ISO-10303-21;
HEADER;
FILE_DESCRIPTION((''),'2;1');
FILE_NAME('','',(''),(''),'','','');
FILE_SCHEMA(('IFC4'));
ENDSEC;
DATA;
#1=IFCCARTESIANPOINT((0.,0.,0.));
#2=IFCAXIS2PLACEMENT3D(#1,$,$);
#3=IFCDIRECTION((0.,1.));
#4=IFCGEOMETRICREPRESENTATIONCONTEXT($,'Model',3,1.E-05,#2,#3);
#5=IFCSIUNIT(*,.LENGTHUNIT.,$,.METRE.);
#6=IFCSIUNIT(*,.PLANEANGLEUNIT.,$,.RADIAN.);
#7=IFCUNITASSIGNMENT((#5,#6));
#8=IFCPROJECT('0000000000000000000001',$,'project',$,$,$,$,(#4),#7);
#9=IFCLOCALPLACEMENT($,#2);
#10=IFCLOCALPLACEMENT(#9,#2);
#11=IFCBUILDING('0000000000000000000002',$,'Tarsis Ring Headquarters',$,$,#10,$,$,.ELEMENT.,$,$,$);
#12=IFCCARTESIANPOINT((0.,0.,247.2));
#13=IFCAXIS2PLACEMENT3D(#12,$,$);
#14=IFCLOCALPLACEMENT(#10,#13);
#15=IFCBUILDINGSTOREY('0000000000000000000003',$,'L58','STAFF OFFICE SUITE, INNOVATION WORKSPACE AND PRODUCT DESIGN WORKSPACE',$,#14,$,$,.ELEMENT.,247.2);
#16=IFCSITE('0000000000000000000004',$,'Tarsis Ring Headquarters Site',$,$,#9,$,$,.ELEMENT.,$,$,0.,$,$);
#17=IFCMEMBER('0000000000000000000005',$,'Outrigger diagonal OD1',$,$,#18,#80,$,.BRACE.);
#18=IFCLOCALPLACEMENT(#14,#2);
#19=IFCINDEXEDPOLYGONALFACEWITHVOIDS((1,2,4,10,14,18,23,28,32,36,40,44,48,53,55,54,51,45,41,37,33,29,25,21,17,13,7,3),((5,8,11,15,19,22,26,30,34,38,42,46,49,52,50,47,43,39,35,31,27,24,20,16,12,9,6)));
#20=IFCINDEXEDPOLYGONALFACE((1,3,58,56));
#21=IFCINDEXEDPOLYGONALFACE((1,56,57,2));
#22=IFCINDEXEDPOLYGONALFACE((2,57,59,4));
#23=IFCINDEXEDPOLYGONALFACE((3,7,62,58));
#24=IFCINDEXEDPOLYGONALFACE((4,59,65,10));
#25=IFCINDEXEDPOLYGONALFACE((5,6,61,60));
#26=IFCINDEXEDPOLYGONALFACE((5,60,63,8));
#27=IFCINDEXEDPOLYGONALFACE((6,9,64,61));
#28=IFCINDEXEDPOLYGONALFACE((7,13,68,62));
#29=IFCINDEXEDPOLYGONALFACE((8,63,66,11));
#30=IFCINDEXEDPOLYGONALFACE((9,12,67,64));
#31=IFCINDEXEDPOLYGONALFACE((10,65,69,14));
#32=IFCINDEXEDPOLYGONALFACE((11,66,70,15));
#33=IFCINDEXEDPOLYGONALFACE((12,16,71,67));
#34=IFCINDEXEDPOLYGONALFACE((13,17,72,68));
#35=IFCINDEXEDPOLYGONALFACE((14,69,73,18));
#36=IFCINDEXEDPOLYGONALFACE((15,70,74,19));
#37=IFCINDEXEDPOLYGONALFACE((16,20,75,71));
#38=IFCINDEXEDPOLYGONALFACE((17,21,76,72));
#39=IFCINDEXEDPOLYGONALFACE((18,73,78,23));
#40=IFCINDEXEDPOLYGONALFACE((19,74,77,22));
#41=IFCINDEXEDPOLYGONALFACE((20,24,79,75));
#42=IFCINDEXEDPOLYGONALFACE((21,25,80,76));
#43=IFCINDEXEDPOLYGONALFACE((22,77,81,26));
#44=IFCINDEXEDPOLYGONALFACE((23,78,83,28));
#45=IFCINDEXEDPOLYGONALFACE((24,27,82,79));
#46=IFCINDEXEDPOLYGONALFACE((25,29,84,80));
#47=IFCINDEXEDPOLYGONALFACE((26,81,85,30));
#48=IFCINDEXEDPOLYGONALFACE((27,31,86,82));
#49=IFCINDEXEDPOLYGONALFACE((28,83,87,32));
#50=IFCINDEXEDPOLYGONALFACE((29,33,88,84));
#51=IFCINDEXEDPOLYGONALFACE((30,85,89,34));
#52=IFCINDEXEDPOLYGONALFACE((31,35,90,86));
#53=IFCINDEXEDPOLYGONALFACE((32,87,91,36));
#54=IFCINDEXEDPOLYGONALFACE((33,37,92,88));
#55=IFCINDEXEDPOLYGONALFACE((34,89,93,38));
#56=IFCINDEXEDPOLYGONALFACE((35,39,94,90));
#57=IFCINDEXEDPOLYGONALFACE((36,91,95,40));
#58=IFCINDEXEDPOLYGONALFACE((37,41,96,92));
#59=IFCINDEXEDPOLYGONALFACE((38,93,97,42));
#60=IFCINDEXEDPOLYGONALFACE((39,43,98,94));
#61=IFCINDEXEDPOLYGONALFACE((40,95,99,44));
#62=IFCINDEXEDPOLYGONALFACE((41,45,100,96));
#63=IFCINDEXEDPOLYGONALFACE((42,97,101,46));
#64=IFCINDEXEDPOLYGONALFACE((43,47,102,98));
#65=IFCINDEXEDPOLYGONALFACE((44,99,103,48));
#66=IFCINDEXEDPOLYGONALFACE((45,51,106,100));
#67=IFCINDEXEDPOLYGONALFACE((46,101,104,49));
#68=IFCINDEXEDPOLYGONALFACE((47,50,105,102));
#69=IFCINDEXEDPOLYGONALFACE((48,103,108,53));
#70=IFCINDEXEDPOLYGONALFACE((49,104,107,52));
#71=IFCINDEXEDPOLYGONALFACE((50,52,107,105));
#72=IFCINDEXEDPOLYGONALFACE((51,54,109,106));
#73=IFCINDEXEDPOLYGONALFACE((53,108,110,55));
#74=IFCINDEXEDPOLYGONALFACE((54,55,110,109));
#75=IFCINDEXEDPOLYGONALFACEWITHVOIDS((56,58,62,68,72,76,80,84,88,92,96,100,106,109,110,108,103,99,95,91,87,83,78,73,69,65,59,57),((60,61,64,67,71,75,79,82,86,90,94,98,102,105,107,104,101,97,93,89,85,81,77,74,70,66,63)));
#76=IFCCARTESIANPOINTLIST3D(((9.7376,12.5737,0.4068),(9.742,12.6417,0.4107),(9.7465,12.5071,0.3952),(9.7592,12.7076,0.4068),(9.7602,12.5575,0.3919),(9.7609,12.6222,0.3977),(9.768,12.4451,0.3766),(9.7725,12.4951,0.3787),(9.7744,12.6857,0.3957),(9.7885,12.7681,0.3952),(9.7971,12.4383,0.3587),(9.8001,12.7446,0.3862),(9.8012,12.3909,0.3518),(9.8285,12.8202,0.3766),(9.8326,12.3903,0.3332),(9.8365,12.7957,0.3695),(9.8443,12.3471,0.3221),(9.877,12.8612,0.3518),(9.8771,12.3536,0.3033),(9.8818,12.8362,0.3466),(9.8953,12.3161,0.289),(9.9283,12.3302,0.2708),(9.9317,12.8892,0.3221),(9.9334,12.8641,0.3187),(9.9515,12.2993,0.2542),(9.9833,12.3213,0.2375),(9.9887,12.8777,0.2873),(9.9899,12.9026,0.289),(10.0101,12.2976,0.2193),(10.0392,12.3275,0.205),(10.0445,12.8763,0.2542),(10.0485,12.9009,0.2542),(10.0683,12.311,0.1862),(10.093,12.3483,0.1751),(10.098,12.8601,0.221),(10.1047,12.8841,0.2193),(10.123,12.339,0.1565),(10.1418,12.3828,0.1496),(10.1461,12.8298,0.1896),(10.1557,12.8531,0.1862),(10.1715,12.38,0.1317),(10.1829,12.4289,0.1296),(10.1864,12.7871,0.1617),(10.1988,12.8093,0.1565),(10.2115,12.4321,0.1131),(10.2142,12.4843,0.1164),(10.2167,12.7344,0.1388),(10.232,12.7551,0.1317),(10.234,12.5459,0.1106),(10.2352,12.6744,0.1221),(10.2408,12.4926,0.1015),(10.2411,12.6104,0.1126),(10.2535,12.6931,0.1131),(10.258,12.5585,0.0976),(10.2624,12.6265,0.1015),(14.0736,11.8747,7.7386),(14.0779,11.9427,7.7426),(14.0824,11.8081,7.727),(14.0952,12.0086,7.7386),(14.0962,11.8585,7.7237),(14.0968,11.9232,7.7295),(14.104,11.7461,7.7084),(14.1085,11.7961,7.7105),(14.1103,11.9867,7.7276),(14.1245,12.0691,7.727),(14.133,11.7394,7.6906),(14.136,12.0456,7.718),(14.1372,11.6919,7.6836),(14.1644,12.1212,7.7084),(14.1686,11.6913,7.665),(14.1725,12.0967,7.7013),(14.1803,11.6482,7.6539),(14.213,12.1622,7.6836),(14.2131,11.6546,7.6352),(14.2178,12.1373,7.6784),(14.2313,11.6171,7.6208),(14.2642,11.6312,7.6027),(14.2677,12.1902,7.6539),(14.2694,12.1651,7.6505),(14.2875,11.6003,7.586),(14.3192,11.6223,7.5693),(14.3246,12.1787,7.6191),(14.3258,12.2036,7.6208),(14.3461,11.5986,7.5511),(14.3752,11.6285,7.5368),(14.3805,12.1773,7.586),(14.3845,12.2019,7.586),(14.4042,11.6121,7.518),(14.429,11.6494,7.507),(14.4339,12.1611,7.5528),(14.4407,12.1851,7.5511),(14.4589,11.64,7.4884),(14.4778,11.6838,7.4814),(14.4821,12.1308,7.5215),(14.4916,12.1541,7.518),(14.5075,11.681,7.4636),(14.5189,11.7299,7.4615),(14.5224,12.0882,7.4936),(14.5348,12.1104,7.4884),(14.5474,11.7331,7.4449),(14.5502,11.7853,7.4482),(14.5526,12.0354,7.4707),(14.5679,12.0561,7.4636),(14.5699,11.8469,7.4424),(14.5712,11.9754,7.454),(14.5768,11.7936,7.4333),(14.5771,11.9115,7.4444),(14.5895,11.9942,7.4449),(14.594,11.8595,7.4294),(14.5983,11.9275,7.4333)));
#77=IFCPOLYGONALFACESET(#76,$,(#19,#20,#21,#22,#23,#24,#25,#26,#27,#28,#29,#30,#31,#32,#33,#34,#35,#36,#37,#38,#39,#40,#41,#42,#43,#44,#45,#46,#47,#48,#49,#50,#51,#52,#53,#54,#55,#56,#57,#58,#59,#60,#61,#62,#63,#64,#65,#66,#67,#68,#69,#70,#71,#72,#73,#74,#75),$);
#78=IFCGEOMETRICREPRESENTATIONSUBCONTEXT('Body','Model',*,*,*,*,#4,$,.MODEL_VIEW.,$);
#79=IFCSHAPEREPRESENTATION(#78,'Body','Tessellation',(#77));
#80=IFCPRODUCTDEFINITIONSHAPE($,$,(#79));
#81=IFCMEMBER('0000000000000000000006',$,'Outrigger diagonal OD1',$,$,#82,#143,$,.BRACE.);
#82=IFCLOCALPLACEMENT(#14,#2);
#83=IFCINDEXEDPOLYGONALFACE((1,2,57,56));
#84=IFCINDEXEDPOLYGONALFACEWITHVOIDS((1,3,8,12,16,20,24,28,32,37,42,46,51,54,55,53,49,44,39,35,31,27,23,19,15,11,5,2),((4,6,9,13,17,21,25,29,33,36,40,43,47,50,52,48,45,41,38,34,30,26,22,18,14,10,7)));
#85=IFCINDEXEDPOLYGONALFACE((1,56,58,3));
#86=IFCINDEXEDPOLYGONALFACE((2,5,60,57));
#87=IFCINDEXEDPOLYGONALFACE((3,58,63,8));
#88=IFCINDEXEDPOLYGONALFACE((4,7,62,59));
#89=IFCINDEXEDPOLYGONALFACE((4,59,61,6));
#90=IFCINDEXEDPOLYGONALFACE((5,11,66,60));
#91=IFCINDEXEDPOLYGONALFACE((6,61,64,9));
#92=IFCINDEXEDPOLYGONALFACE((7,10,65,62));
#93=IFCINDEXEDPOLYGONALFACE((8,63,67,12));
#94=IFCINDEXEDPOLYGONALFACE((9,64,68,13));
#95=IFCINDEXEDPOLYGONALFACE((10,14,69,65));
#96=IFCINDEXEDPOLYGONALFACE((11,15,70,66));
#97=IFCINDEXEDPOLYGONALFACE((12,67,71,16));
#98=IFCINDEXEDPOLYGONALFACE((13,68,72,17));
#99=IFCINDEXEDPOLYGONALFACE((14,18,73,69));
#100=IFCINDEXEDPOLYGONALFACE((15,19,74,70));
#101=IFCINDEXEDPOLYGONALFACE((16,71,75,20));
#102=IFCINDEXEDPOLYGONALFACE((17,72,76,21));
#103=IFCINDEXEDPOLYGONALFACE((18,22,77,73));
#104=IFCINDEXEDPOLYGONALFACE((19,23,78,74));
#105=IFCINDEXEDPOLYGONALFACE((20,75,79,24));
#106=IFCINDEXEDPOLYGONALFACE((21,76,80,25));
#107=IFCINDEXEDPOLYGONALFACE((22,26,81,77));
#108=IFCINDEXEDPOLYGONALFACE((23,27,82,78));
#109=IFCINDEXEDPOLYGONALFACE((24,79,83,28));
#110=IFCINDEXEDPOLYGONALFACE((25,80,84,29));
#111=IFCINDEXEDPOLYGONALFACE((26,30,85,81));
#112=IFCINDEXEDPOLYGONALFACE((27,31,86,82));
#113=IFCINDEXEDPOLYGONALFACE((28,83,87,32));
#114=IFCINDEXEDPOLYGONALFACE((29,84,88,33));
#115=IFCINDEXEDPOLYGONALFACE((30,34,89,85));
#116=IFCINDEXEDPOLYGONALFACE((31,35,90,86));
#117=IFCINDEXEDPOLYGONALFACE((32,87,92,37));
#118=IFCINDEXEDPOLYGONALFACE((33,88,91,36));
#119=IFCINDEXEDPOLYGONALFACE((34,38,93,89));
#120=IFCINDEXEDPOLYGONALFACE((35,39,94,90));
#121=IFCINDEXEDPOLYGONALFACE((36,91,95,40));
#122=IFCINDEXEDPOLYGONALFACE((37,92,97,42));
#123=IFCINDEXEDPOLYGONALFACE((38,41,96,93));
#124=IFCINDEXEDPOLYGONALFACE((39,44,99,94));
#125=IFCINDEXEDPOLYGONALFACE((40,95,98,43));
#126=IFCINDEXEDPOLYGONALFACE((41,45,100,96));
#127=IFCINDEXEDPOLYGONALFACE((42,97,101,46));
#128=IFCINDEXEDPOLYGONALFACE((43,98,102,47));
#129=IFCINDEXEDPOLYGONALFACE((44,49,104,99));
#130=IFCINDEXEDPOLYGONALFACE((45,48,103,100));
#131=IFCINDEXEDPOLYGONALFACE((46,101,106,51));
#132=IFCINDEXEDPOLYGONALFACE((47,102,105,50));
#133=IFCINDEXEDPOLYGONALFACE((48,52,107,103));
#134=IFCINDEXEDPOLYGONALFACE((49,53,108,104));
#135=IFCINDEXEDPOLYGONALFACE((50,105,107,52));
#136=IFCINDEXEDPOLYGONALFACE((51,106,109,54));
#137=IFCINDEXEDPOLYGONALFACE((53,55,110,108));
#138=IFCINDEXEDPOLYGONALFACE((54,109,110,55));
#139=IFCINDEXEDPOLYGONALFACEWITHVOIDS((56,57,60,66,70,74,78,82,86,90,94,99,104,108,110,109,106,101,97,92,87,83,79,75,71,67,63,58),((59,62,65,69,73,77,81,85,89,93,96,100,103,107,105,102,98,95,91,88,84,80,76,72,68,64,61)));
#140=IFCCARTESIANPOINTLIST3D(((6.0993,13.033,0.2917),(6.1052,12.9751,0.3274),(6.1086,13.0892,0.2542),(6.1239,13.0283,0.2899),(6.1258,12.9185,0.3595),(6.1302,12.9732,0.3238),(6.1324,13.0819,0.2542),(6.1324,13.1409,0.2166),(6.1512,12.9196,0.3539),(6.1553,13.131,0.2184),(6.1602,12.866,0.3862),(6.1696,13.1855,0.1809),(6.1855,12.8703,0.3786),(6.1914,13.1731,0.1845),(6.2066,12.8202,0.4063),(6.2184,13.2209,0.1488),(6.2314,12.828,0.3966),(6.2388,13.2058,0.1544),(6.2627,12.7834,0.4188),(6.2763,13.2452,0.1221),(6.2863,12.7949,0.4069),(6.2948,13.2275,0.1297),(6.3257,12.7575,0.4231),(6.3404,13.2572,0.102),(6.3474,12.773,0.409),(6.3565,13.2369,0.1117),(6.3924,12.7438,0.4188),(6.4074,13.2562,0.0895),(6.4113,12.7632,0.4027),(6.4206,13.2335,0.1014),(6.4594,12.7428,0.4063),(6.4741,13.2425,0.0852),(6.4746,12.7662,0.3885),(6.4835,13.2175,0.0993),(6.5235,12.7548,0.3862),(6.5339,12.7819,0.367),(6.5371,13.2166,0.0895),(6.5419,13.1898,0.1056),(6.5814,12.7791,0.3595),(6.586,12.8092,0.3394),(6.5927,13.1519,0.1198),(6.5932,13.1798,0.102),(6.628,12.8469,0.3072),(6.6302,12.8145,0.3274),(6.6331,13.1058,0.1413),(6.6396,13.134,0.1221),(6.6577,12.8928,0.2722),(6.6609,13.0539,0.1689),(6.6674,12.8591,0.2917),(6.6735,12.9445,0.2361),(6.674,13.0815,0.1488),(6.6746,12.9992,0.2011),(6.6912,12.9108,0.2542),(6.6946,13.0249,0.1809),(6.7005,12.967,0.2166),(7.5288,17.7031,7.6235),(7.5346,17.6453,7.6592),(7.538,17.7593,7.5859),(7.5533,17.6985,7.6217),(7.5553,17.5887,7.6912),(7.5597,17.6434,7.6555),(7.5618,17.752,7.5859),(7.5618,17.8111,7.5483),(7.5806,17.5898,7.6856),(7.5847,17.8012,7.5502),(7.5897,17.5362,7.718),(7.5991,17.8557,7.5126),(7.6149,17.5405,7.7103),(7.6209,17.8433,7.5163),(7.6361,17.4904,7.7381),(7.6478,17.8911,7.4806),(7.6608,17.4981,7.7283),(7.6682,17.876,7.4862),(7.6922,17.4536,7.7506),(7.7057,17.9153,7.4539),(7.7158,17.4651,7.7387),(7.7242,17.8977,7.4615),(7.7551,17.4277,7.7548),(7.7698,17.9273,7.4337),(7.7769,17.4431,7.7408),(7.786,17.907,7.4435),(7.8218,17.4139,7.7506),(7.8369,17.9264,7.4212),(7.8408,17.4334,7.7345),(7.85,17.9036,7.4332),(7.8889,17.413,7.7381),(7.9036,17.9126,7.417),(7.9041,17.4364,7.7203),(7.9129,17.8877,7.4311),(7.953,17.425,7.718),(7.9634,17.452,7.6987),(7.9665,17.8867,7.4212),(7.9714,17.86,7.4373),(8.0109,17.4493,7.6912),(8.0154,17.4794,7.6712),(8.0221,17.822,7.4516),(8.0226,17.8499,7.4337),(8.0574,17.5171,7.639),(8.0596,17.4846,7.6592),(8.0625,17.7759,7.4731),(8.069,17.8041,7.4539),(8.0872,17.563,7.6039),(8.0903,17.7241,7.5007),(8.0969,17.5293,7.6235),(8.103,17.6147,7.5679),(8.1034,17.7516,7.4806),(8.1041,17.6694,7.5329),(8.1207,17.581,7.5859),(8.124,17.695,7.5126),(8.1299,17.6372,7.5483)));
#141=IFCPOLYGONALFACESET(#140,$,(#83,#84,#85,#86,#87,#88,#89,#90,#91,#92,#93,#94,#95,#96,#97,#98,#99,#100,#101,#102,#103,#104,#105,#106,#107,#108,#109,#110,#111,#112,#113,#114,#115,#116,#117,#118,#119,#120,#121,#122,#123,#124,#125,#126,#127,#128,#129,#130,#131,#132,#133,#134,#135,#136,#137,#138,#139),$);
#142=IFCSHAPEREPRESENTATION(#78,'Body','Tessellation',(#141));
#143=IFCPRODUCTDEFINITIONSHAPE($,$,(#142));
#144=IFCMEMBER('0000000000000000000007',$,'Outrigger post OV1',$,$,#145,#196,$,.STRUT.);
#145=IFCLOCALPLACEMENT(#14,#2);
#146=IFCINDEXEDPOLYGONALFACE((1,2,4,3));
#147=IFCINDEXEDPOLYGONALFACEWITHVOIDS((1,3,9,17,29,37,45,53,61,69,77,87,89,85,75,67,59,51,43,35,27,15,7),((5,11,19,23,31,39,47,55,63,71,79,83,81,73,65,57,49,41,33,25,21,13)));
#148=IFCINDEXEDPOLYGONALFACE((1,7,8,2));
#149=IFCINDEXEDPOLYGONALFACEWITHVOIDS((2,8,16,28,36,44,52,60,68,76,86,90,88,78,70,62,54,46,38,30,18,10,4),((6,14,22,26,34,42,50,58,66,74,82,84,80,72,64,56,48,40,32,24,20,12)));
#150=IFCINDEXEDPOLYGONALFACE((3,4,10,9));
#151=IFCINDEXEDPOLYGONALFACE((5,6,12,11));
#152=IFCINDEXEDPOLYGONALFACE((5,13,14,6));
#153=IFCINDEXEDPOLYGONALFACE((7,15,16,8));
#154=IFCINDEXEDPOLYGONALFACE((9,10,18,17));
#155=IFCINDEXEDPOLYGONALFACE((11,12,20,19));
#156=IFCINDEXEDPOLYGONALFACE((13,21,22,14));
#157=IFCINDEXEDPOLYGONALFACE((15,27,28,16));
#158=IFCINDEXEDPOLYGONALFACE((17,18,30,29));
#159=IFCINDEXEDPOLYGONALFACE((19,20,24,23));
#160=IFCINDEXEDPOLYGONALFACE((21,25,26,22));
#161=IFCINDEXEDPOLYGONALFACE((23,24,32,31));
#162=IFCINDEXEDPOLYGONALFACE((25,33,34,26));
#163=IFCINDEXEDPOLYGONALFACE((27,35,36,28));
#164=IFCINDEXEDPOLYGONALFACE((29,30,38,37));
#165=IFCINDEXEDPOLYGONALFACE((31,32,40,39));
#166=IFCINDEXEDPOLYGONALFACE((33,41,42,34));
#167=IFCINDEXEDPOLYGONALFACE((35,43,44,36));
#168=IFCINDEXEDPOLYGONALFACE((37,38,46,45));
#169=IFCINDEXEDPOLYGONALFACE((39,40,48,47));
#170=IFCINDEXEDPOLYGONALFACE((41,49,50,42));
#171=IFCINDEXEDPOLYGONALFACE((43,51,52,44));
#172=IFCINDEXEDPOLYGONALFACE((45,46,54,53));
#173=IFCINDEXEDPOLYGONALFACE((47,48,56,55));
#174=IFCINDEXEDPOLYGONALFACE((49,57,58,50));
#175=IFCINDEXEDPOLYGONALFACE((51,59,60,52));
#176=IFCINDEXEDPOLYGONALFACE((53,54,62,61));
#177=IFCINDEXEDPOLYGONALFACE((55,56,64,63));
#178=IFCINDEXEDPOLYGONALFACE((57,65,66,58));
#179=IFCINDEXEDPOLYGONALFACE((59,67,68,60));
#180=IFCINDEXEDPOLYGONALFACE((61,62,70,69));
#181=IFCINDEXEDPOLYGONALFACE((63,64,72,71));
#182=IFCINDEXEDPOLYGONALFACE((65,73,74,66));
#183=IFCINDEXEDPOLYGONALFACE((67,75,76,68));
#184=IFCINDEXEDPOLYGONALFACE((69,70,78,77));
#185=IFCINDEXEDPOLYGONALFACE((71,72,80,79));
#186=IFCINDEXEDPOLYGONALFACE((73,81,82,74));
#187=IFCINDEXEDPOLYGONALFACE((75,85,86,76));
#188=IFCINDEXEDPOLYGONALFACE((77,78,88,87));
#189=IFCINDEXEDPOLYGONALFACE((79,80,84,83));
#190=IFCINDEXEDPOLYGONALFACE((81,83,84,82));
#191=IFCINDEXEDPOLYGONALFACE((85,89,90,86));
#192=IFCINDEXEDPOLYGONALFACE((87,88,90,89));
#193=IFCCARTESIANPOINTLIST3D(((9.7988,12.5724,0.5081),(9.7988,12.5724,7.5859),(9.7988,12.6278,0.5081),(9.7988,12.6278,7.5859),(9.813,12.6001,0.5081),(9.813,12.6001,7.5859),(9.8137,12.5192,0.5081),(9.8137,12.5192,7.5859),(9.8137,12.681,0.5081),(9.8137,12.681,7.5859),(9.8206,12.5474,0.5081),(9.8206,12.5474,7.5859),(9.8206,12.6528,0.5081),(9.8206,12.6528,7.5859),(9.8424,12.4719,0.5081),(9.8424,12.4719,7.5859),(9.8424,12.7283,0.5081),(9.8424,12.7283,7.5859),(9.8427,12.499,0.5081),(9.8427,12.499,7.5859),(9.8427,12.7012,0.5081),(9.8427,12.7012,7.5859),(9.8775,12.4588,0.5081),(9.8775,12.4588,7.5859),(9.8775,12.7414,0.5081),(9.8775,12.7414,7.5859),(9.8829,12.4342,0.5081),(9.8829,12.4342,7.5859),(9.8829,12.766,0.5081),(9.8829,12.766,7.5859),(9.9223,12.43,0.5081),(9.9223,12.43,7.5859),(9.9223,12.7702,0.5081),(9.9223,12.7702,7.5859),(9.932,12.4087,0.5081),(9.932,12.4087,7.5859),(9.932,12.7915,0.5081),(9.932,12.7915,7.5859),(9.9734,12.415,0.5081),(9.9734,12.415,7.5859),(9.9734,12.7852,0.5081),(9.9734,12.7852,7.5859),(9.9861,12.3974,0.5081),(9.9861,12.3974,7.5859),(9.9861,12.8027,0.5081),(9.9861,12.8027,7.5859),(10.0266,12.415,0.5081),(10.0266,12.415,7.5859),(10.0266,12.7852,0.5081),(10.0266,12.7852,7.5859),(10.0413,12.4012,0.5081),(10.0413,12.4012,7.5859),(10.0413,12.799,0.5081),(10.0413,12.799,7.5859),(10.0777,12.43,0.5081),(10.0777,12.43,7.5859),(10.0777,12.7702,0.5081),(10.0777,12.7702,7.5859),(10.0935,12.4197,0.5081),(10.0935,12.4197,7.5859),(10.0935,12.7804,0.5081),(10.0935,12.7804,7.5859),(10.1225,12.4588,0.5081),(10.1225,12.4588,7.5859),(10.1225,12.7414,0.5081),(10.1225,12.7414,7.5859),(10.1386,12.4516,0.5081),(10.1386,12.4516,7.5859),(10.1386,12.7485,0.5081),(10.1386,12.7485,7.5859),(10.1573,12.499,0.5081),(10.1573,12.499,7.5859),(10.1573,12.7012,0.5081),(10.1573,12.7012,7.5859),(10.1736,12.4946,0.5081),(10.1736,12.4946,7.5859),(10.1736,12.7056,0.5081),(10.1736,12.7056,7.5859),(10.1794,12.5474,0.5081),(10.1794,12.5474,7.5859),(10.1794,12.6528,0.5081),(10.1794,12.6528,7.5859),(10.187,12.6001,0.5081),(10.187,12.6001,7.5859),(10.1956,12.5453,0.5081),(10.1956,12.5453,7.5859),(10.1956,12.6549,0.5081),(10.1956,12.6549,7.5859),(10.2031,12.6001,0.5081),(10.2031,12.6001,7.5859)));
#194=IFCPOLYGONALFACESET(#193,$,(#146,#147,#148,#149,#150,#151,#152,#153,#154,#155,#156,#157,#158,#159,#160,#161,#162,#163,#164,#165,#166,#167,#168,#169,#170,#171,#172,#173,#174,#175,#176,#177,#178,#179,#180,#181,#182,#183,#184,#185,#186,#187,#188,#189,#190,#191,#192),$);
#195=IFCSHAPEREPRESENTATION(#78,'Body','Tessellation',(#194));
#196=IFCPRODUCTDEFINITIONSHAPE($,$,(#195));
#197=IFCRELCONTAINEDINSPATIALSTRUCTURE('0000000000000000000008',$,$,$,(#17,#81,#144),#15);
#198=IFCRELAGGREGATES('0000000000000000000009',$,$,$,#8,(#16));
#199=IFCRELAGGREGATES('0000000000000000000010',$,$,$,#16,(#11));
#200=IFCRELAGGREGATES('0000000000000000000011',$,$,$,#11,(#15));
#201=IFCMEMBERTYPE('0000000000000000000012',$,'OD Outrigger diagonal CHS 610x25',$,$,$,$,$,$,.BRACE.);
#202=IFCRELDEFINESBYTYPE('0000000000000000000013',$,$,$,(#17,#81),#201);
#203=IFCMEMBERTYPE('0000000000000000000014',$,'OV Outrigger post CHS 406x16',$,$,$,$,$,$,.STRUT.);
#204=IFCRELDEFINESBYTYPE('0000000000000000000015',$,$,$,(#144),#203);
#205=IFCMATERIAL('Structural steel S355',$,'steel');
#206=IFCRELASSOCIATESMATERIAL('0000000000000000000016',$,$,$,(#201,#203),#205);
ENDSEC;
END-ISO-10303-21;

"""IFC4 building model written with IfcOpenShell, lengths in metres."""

from ifc_helpers import new_model, si_unit, direction, frame, origin, origin_2d, place, context, subcontext, project, spatial, hollow_circle, extrude, material, material_profile, profile_set, type_object, element, save


model = new_model("IFC4")

# Units and contexts
model_context = context("Model", 3, precision=1e-05, world=origin(), true_north=direction((0.0, 1.0)))
body_context = subcontext(model_context, "Body", "Model", "MODEL_VIEW")
ifc_project = project(units=[si_unit("LENGTHUNIT", "METRE"), si_unit("PLANEANGLEUNIT", "RADIAN")], contexts=[model_context])

# Site, building, storey
site_placement = place(None, origin())
site = spatial("IfcSite", under=ifc_project, at=site_placement, Name="Tarsis Ring Headquarters Site", CompositionType="ELEMENT", RefElevation=0.0)
building_placement = place(site_placement, origin())
building = spatial("IfcBuilding", under=site, at=building_placement, Name="Tarsis Ring Headquarters", CompositionType="ELEMENT")
storey_placement = place(building_placement, frame((0.0, 0.0, 247.2)))
storey = spatial("IfcBuildingStorey", under=building, at=storey_placement, Name="L58", Description="STAFF OFFICE SUITE, INNOVATION WORKSPACE AND PRODUCT DESIGN WORKSPACE", CompositionType="ELEMENT", Elevation=247.2)

# Members
ifc_material_1 = material(Name="Structural steel S355", Category="steel")
ifc_material_profile_1 = material_profile(ifc_material_1, hollow_circle(Radius=0.3047, WallThickness=0.0249, at=origin_2d()), Name="CHS 610x25")
ifc_profile_set_1 = profile_set([ifc_material_profile_1], Name="Structural steel S355")
member_type_1 = type_object("IfcMemberType", Name="OD Outrigger diagonal CHS 610x25", PredefinedType="BRACE", material=ifc_profile_set_1)
member_1_placement = place(storey_placement, frame((10.0, 12.6001, 0.2542), z_axis=(0.50733, -0.081784, 0.857862), x_axis=(0.15915, 0.987254, 0.0)))
element("IfcMember", 1, at=member_1_placement, inside=storey, type_object=member_type_1, Name="Outrigger diagonal OD1", PredefinedType="BRACE", context=body_context, shape_type="SweptSolid", body=[
    extrude(hollow_circle(Radius=0.3047, WallThickness=0.0249, at=origin_2d()), origin(), (0.0, 0.0, 1.0), 8.5466),
])
member_2_placement = place(storey_placement, frame((6.3999, 13.0, 0.2542), z_axis=(0.16226, 0.530123, 0.832251), x_axis=(-0.956211, 0.292677, 0.0)))
element("IfcMember", 2, at=member_2_placement, inside=storey, type_object=member_type_1, Name="Outrigger diagonal OD1", PredefinedType="BRACE", context=body_context, shape_type="SweptSolid", body=[
    extrude(hollow_circle(Radius=0.3047, WallThickness=0.0249, at=origin_2d()), origin(), (0.0, 0.0, 1.0), 8.8096),
])
ifc_material_profile_2 = material_profile(ifc_material_1, hollow_circle(Radius=0.2031, WallThickness=0.0161, at=origin_2d()), Name="CHS 406x16")
ifc_profile_set_2 = profile_set([ifc_material_profile_2], Name="Structural steel S355")
member_type_2 = type_object("IfcMemberType", Name="OV Outrigger post CHS 406x16", PredefinedType="STRUT", material=ifc_profile_set_2)
for number, where, z_axis, x_axis, name in (
    (3, (10.0, 12.6001, 0.5081), (0.0, 0.0, 1.0), (1.0, 0.0, 0.0), "Outrigger post OV1"),
):
    element("IfcMember", number, at=place(storey_placement, frame(where, z_axis=z_axis, x_axis=x_axis)), inside=storey, type_object=member_type_2, Name=name, PredefinedType="STRUT", context=body_context, shape_type="SweptSolid", body=[
        extrude(hollow_circle(Radius=0.2031, WallThickness=0.0161, at=origin_2d()), origin(), (0.0, 0.0, 1.0), 7.0779),
    ])

save(model, "model.ifc")
